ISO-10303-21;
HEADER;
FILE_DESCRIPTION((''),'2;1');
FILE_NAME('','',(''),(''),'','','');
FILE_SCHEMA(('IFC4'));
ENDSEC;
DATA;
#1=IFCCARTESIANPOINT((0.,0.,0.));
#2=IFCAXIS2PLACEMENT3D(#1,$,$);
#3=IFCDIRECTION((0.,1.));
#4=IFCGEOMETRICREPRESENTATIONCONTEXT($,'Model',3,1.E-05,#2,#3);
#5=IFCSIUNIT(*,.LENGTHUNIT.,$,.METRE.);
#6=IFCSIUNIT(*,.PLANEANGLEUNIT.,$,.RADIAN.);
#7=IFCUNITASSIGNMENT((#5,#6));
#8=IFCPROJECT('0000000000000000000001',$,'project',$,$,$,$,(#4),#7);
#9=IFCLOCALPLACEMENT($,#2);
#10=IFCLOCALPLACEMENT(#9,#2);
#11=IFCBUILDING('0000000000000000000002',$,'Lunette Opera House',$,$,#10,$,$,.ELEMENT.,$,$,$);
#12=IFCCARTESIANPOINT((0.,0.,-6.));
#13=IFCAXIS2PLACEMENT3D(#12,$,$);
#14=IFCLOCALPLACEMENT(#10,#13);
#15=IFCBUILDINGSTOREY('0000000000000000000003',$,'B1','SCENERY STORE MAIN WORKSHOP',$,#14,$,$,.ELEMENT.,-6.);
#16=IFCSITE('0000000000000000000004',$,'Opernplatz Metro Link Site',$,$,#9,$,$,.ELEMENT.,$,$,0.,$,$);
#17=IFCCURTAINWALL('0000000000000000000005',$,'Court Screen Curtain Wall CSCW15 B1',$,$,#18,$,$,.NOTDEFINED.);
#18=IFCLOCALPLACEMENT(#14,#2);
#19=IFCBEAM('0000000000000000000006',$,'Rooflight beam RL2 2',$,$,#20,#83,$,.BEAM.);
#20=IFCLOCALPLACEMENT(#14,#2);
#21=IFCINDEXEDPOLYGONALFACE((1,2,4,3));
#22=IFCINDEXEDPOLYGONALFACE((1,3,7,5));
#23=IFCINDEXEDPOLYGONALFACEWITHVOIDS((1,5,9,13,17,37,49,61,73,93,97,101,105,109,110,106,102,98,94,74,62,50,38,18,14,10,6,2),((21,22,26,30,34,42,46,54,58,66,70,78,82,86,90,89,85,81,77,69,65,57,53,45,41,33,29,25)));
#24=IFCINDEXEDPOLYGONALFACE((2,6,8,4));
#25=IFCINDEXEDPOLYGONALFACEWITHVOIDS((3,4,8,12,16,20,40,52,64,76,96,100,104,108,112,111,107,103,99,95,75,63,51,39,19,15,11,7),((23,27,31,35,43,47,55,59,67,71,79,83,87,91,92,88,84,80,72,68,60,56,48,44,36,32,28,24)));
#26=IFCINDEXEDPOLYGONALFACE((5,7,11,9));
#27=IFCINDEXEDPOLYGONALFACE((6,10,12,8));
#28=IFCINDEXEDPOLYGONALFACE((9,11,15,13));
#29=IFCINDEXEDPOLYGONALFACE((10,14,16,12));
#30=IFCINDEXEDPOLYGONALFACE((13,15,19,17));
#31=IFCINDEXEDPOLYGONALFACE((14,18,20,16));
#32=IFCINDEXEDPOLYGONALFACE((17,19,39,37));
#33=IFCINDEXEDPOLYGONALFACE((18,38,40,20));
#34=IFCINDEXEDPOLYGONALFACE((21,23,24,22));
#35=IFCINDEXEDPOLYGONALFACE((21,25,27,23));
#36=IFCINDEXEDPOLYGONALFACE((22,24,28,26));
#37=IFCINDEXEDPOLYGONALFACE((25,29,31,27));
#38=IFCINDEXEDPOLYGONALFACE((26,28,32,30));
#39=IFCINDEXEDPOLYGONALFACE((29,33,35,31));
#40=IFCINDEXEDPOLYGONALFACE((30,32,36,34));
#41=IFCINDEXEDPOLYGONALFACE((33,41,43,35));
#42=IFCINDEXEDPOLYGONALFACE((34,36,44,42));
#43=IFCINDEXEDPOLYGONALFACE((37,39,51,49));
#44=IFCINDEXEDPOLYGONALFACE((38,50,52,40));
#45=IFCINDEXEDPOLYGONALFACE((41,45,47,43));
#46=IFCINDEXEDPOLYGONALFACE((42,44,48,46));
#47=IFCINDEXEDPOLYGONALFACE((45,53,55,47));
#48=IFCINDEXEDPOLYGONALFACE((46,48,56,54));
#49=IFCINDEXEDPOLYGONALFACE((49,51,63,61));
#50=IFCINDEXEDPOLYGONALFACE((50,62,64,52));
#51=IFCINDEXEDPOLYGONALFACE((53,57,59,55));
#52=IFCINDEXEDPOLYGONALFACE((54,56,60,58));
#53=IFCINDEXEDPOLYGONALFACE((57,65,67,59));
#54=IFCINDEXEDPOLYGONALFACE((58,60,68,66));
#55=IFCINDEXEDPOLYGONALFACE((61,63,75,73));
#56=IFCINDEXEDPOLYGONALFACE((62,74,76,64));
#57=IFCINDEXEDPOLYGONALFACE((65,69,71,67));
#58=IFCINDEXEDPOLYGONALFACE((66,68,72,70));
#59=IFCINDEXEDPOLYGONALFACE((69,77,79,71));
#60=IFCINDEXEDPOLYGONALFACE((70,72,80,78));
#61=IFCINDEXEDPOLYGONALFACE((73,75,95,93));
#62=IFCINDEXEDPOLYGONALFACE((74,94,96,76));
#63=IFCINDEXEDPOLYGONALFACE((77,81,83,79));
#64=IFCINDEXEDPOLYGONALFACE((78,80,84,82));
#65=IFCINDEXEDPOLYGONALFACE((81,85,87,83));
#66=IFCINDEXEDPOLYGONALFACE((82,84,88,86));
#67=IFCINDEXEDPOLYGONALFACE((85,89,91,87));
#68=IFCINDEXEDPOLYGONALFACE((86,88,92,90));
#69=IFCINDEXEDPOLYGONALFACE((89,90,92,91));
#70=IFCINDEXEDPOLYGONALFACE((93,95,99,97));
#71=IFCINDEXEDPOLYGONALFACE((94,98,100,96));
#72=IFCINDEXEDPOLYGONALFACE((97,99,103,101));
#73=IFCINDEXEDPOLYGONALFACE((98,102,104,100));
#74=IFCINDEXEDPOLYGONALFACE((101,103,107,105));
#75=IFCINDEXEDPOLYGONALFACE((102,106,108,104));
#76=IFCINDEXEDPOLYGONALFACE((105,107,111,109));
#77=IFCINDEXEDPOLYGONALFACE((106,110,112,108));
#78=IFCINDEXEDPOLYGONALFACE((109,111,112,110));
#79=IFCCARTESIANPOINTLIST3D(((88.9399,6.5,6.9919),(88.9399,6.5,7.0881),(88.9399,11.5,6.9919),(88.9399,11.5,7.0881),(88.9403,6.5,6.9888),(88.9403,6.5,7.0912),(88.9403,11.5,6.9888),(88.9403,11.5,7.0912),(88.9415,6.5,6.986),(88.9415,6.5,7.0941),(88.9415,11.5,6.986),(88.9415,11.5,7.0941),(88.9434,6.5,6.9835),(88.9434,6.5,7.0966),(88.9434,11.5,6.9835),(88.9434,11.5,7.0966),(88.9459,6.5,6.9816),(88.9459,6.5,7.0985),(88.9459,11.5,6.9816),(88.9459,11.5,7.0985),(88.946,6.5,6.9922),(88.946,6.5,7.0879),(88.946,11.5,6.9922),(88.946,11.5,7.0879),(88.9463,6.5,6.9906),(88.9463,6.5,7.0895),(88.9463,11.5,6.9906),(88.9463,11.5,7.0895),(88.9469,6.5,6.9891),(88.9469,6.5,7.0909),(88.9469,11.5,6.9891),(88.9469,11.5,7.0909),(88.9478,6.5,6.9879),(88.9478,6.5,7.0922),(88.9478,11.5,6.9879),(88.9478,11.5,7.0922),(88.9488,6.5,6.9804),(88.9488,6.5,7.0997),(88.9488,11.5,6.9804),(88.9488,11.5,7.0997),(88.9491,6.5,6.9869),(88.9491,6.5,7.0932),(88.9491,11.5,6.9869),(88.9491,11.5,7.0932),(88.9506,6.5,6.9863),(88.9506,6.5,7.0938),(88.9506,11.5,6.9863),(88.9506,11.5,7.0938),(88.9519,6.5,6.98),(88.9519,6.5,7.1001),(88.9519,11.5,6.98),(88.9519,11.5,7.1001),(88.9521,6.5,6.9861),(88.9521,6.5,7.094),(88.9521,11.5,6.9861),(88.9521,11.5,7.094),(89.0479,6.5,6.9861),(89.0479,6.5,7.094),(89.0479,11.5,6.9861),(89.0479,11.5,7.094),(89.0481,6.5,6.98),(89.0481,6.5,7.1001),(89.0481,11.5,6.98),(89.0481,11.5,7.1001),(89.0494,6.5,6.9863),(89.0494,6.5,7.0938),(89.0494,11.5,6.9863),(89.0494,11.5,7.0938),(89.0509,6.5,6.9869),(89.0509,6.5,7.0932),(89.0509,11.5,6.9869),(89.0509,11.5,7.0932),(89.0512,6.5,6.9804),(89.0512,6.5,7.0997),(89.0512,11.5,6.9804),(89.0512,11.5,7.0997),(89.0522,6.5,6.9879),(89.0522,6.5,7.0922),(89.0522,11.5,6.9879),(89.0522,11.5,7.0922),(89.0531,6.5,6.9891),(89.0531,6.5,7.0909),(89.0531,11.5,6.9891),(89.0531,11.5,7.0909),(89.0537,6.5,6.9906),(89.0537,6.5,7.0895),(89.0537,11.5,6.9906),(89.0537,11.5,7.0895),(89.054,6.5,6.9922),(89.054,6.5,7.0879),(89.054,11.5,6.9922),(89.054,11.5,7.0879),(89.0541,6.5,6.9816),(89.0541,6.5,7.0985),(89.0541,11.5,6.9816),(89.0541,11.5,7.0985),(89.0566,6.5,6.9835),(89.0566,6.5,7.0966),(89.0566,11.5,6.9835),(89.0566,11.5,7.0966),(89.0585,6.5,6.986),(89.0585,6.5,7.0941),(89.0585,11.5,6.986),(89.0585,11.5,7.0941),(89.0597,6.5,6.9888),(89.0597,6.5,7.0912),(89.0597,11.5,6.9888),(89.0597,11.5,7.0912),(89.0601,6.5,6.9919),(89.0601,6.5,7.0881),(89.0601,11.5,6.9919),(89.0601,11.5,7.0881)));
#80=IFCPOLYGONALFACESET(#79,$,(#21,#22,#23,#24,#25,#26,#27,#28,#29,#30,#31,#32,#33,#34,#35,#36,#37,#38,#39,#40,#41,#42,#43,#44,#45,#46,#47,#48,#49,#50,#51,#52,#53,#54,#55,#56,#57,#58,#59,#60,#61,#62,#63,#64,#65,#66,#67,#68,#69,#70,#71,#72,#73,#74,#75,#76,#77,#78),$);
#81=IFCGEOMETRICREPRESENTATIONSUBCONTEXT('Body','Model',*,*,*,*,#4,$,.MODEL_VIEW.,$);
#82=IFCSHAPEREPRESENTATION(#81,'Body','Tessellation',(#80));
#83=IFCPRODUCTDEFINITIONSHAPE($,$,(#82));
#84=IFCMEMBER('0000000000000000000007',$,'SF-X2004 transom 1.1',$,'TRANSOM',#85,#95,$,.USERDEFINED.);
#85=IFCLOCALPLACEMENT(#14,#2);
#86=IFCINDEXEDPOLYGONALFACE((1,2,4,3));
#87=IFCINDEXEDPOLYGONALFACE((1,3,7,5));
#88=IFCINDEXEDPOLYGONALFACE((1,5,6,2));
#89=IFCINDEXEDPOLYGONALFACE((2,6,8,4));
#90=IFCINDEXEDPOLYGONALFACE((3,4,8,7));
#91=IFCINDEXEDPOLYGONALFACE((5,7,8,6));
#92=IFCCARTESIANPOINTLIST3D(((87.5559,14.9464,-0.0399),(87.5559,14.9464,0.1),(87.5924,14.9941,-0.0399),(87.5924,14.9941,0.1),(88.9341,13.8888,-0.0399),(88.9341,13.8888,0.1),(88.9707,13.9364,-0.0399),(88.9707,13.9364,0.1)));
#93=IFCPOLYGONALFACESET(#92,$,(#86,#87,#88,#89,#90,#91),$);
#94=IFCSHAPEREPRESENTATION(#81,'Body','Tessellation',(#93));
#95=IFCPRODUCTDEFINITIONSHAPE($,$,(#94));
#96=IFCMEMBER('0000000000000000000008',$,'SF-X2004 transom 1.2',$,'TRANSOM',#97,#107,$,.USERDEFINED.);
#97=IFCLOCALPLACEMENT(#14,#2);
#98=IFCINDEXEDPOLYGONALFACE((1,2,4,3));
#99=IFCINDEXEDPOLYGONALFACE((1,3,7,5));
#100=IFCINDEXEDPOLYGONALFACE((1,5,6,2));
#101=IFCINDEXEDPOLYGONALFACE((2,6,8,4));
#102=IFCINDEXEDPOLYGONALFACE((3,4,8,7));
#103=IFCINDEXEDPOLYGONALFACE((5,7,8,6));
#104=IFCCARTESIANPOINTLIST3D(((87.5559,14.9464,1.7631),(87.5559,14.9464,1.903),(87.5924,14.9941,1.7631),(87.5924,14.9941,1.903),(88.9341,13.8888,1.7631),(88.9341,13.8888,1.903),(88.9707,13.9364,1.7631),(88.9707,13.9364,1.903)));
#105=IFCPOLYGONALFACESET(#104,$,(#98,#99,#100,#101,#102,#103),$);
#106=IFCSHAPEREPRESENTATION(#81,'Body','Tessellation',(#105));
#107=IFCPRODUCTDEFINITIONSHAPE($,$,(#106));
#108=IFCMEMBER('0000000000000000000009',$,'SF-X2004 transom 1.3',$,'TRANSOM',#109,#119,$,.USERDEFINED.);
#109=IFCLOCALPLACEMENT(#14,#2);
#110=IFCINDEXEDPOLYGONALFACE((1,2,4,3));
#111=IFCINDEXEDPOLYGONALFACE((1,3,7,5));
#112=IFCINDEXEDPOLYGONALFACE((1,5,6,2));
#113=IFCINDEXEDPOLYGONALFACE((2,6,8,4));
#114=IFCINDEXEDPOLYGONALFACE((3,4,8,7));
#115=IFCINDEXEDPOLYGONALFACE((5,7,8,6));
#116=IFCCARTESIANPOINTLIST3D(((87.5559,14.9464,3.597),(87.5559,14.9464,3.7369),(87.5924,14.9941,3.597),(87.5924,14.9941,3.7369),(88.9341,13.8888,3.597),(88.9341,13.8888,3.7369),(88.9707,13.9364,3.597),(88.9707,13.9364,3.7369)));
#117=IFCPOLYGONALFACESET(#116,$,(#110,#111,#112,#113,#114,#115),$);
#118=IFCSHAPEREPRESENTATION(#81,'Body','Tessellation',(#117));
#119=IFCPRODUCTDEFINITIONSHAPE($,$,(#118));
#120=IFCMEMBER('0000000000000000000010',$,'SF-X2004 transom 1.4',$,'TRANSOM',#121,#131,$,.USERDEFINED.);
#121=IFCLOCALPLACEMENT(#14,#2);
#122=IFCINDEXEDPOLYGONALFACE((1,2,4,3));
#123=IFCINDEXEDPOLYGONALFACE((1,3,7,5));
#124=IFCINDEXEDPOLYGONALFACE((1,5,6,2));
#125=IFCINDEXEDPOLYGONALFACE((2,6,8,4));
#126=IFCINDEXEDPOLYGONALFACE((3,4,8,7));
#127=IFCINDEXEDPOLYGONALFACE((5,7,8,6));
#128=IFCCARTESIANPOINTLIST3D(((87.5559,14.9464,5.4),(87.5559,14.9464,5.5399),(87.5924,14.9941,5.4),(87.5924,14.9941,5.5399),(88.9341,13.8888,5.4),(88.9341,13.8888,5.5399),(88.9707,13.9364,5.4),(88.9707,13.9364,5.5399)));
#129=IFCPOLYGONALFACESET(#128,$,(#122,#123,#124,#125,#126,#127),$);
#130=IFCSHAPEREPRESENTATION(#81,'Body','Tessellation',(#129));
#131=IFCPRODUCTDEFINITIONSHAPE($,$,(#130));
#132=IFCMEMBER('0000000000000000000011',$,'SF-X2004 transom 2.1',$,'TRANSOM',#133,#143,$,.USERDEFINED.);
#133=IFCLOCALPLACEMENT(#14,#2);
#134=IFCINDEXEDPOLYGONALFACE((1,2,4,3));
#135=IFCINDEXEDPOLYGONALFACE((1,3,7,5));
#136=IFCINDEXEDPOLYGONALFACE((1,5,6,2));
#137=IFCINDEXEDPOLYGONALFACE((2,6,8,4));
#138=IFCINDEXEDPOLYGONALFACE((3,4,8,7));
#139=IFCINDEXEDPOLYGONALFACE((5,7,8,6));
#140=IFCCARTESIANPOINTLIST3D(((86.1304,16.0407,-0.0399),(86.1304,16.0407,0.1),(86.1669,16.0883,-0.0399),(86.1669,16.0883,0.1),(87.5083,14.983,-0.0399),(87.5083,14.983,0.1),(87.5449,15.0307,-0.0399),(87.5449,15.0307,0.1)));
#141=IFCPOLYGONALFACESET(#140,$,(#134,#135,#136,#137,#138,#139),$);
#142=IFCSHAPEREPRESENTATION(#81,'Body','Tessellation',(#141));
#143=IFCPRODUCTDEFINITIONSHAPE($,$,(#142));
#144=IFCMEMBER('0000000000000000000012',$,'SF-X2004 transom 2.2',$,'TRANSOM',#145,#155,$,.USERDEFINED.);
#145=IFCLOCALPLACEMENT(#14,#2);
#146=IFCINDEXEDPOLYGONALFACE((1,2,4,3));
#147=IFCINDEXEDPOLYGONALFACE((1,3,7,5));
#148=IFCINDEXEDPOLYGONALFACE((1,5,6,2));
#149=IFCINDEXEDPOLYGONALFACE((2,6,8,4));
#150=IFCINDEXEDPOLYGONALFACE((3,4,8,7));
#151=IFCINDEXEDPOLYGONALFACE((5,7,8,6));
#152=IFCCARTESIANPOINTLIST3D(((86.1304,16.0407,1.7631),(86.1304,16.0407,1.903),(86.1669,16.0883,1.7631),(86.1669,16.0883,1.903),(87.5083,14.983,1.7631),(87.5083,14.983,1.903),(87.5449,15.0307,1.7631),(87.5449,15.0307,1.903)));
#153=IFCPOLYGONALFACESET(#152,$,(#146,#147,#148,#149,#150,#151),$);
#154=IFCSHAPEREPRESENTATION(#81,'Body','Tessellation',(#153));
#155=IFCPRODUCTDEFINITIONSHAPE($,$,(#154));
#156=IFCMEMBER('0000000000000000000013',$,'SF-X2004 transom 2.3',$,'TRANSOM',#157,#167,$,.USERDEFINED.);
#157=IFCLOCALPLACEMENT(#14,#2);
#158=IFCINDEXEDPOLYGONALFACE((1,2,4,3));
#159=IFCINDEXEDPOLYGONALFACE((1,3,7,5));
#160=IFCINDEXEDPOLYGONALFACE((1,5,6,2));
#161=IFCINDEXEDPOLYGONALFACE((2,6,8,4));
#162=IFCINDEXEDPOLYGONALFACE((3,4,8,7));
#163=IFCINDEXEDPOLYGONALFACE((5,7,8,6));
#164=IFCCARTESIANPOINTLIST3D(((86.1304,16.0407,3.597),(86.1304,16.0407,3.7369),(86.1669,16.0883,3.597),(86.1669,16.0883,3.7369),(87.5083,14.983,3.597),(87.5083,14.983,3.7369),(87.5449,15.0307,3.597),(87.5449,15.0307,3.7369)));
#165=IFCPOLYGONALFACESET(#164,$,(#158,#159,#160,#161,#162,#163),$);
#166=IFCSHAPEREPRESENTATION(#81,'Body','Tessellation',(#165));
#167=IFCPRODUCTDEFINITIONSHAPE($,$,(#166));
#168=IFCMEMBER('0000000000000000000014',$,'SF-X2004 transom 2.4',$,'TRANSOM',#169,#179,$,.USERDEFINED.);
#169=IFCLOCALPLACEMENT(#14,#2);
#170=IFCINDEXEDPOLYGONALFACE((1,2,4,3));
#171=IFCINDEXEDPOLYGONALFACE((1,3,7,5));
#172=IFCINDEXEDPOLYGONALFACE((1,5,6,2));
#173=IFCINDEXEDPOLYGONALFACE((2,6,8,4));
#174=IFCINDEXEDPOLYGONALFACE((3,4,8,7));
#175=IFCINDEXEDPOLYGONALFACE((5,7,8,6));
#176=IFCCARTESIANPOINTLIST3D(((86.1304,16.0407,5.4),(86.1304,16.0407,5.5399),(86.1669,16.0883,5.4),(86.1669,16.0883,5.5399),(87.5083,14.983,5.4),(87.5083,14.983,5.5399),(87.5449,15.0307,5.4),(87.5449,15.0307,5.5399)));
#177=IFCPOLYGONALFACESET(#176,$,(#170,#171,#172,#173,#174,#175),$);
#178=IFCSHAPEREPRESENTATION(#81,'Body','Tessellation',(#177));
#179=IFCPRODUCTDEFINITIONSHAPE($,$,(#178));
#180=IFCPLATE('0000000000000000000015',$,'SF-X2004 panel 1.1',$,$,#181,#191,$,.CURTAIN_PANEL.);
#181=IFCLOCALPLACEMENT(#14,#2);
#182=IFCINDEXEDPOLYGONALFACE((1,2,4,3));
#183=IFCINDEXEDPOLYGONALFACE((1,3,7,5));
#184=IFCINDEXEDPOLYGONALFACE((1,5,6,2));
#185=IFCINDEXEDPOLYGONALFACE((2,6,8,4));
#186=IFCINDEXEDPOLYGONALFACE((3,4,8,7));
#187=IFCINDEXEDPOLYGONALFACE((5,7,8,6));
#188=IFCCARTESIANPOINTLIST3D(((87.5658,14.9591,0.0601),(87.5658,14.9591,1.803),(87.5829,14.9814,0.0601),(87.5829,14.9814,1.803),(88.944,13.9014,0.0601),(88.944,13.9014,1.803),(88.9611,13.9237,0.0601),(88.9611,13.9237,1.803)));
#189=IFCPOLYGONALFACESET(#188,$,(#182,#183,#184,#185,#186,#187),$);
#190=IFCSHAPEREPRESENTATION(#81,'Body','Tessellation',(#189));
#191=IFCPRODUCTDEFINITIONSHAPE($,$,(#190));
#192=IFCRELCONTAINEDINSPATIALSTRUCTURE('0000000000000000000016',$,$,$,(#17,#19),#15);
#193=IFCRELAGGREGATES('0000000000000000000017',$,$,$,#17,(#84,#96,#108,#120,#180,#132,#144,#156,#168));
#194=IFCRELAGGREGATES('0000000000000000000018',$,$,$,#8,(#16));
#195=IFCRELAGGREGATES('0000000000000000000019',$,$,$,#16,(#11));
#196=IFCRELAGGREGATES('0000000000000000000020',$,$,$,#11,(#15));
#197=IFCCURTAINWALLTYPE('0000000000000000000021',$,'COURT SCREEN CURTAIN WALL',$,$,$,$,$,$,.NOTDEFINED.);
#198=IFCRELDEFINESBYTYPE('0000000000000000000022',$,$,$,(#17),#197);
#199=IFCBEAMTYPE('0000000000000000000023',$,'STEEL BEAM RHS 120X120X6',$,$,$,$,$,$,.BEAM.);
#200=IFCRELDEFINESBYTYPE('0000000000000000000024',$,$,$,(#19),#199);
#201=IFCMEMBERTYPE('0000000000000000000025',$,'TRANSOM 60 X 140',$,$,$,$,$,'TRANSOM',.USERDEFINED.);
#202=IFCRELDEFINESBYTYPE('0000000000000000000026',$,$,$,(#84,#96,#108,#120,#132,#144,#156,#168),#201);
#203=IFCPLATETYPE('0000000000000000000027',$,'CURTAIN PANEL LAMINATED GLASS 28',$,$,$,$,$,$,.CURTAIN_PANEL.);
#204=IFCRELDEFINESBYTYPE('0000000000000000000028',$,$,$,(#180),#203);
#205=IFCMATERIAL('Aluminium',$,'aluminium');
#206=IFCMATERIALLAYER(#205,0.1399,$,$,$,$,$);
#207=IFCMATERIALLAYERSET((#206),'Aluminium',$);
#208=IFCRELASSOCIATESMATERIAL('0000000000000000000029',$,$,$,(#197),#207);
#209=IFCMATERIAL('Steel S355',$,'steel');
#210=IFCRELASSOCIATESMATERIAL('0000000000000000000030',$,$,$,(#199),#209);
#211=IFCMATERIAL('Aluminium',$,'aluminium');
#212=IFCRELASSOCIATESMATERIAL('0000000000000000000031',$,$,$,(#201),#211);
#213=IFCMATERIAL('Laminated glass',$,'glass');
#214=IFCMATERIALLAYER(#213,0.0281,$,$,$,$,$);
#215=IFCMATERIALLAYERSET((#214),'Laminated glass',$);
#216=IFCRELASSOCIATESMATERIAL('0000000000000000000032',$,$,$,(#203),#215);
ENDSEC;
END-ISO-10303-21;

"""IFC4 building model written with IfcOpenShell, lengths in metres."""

from ifc_helpers import new_model, si_unit, direction, frame, origin, origin_2d, place, context, subcontext, project, spatial, rectangle, hollow_rectangle, extrude, material, layer, layer_set, material_profile, profile_set, type_object, element, aggregate, save


model = new_model("IFC4")

# Units and contexts
model_context = context("Model", 3, precision=1e-05, world=origin(), true_north=direction((0.0, 1.0)))
body_context = subcontext(model_context, "Body", "Model", "MODEL_VIEW")
ifc_project = project(units=[si_unit("LENGTHUNIT", "METRE"), si_unit("PLANEANGLEUNIT", "RADIAN")], contexts=[model_context])

# Site, building, storey
site_placement = place(None, origin())
site = spatial("IfcSite", under=ifc_project, at=site_placement, Name="Opernplatz Metro Link Site", CompositionType="ELEMENT", RefElevation=0.0)
building_placement = place(site_placement, origin())
building = spatial("IfcBuilding", under=site, at=building_placement, Name="Lunette Opera House", CompositionType="ELEMENT")
storey_placement = place(building_placement, frame((0.0, 0.0, -6.0)))
storey = spatial("IfcBuildingStorey", under=building, at=storey_placement, Name="B1", Description="SCENERY STORE MAIN WORKSHOP", CompositionType="ELEMENT", Elevation=-6.0)

# Shared definitions
ifc_material_1 = material(Name="Aluminium", Category="aluminium")
ifc_layer_1 = layer(ifc_material_1, 0.1399)
ifc_layer_set_1 = layer_set([ifc_layer_1], Name="Aluminium")
curtain_wall_type = type_object("IfcCurtainWallType", Name="COURT SCREEN CURTAIN WALL", PredefinedType="NOTDEFINED", material=ifc_layer_set_1)

# Curtain wall
curtain_wall_1_placement = place(storey_placement, origin())
curtain_wall_1 = element("IfcCurtainWall", 1, at=curtain_wall_1_placement, inside=storey, type_object=curtain_wall_type, Name="Court Screen Curtain Wall CSCW15 B1", PredefinedType="NOTDEFINED")

# Beam
ifc_material_2 = material(Name="Steel S355", Category="steel")
ifc_material_profile_1 = material_profile(ifc_material_2, hollow_rectangle(XDim=0.1201, YDim=0.1201, WallThickness=0.0061, InnerFilletRadius=0.0061, OuterFilletRadius=0.012, at=origin_2d()), Name="RHS 120X120X6")
ifc_profile_set_1 = profile_set([ifc_material_profile_1], Name="Steel S355")
beam_type = type_object("IfcBeamType", Name="STEEL BEAM RHS 120X120X6", PredefinedType="BEAM", material=ifc_profile_set_1)
for number, where, z_axis, x_axis, name in (
    (2, (89.0, 6.5, 7.04), (0.0, 1.0, 0.0), (-1.0, 0.0, 0.0), "Rooflight beam RL2 2"),
):
    element("IfcBeam", number, at=place(storey_placement, frame(where, z_axis=z_axis, x_axis=x_axis)), inside=storey, type_object=beam_type, Name=name, PredefinedType="BEAM", context=body_context, shape_type="SweptSolid", body=[
        extrude(hollow_rectangle(XDim=0.1201, YDim=0.1201, WallThickness=0.0061, InnerFilletRadius=0.0061, OuterFilletRadius=0.012, at=origin_2d()), origin(), (0.0, 0.0, 1.0), 5.0),
    ])

# Members
ifc_material_3 = material(Name="Aluminium", Category="aluminium")
ifc_material_profile_2 = material_profile(ifc_material_3, rectangle(XDim=0.0601, YDim=0.1399, at=origin_2d()), Name="TRANSOM 60 X 140")
ifc_profile_set_2 = profile_set([ifc_material_profile_2], Name="Aluminium")
member_type_1 = type_object("IfcMemberType", Name="TRANSOM 60 X 140", ElementType="TRANSOM", PredefinedType="USERDEFINED", material=ifc_profile_set_2)
member_1_placement = place(storey_placement, frame((88.9524, 13.9126, 0.03), z_axis=(-0.793324, 0.6088, 0.0), x_axis=(-0.6088, -0.793324, 0.0)))
member_1 = element("IfcMember", 3, at=member_1_placement, type_object=member_type_1, Name="SF-X2004 transom 1.1", ObjectType="TRANSOM", PredefinedType="USERDEFINED", context=body_context, shape_type="SweptSolid", body=[
    extrude(rectangle(XDim=0.0601, YDim=0.1399, at=origin_2d()), origin(), (0.0, 0.0, 1.0), 1.7373),
])
member_2_placement = place(storey_placement, frame((88.9524, 13.9126, 1.833), z_axis=(-0.793324, 0.6088, 0.0), x_axis=(-0.6088, -0.793324, 0.0)))
member_2 = element("IfcMember", 4, at=member_2_placement, type_object=member_type_1, Name="SF-X2004 transom 1.2", ObjectType="TRANSOM", PredefinedType="USERDEFINED", context=body_context, shape_type="SweptSolid", body=[
    extrude(rectangle(XDim=0.0601, YDim=0.1399, at=origin_2d()), origin(), (0.0, 0.0, 1.0), 1.7373),
])
member_3_placement = place(storey_placement, frame((88.9524, 13.9126, 3.667), z_axis=(-0.793324, 0.6088, 0.0), x_axis=(-0.6088, -0.793324, 0.0)))
member_3 = element("IfcMember", 5, at=member_3_placement, type_object=member_type_1, Name="SF-X2004 transom 1.3", ObjectType="TRANSOM", PredefinedType="USERDEFINED", context=body_context, shape_type="SweptSolid", body=[
    extrude(rectangle(XDim=0.0601, YDim=0.1399, at=origin_2d()), origin(), (0.0, 0.0, 1.0), 1.7373),
])
member_4_placement = place(storey_placement, frame((88.9524, 13.9126, 5.47), z_axis=(-0.793324, 0.6088, 0.0), x_axis=(-0.6088, -0.793324, 0.0)))
member_4 = element("IfcMember", 6, at=member_4_placement, type_object=member_type_1, Name="SF-X2004 transom 1.4", ObjectType="TRANSOM", PredefinedType="USERDEFINED", context=body_context, shape_type="SweptSolid", body=[
    extrude(rectangle(XDim=0.0601, YDim=0.1399, at=origin_2d()), origin(), (0.0, 0.0, 1.0), 1.7373),
])
member_5_placement = place(storey_placement, frame((87.5266, 15.0068, 0.03), z_axis=(-0.793271, 0.608868, 0.0), x_axis=(-0.608868, -0.793271, 0.0)))
member_5 = element("IfcMember", 7, at=member_5_placement, type_object=member_type_1, Name="SF-X2004 transom 2.1", ObjectType="TRANSOM", PredefinedType="USERDEFINED", context=body_context, shape_type="SweptSolid", body=[
    extrude(rectangle(XDim=0.0601, YDim=0.1399, at=origin_2d()), origin(), (0.0, 0.0, 1.0), 1.7371),
])
member_6_placement = place(storey_placement, frame((87.5266, 15.0068, 1.833), z_axis=(-0.793271, 0.608868, 0.0), x_axis=(-0.608868, -0.793271, 0.0)))
member_6 = element("IfcMember", 8, at=member_6_placement, type_object=member_type_1, Name="SF-X2004 transom 2.2", ObjectType="TRANSOM", PredefinedType="USERDEFINED", context=body_context, shape_type="SweptSolid", body=[
    extrude(rectangle(XDim=0.0601, YDim=0.1399, at=origin_2d()), origin(), (0.0, 0.0, 1.0), 1.7371),
])
member_7_placement = place(storey_placement, frame((87.5266, 15.0068, 3.667), z_axis=(-0.793271, 0.608868, 0.0), x_axis=(-0.608868, -0.793271, 0.0)))
member_7 = element("IfcMember", 9, at=member_7_placement, type_object=member_type_1, Name="SF-X2004 transom 2.3", ObjectType="TRANSOM", PredefinedType="USERDEFINED", context=body_context, shape_type="SweptSolid", body=[
    extrude(rectangle(XDim=0.0601, YDim=0.1399, at=origin_2d()), origin(), (0.0, 0.0, 1.0), 1.7371),
])
member_8_placement = place(storey_placement, frame((87.5266, 15.0068, 5.47), z_axis=(-0.793271, 0.608868, 0.0), x_axis=(-0.608868, -0.793271, 0.0)))
member_8 = element("IfcMember", 10, at=member_8_placement, type_object=member_type_1, Name="SF-X2004 transom 2.4", ObjectType="TRANSOM", PredefinedType="USERDEFINED", context=body_context, shape_type="SweptSolid", body=[
    extrude(rectangle(XDim=0.0601, YDim=0.1399, at=origin_2d()), origin(), (0.0, 0.0, 1.0), 1.7371),
])

# Plate
ifc_material_4 = material(Name="Laminated glass", Category="glass")
ifc_layer_2 = layer(ifc_material_4, 0.0281)
ifc_layer_set_2 = layer_set([ifc_layer_2], Name="Laminated glass")
plate_type_1 = type_object("IfcPlateType", Name="CURTAIN PANEL LAMINATED GLASS 28", PredefinedType="CURTAIN_PANEL", material=ifc_layer_set_2)
plate_1_placement = place(storey_placement, frame((88.2634, 14.4414, 0.0601), z_axis=(0.0, 0.0, 1.0), x_axis=(-0.793285, 0.608851, 0.0)))
plate_1 = element("IfcPlate", 11, at=plate_1_placement, type_object=plate_type_1, Name="SF-X2004 panel 1.1", PredefinedType="CURTAIN_PANEL", context=body_context, shape_type="SweptSolid", body=[
    extrude(rectangle(XDim=1.7373, YDim=0.0281, at=origin_2d()), origin(), (0.0, 0.0, 1.0), 1.7429),
])
aggregate(curtain_wall_1, [member_1, member_2, member_3, member_4, plate_1, member_5, member_6, member_7, member_8])

save(model, "model.ifc")
